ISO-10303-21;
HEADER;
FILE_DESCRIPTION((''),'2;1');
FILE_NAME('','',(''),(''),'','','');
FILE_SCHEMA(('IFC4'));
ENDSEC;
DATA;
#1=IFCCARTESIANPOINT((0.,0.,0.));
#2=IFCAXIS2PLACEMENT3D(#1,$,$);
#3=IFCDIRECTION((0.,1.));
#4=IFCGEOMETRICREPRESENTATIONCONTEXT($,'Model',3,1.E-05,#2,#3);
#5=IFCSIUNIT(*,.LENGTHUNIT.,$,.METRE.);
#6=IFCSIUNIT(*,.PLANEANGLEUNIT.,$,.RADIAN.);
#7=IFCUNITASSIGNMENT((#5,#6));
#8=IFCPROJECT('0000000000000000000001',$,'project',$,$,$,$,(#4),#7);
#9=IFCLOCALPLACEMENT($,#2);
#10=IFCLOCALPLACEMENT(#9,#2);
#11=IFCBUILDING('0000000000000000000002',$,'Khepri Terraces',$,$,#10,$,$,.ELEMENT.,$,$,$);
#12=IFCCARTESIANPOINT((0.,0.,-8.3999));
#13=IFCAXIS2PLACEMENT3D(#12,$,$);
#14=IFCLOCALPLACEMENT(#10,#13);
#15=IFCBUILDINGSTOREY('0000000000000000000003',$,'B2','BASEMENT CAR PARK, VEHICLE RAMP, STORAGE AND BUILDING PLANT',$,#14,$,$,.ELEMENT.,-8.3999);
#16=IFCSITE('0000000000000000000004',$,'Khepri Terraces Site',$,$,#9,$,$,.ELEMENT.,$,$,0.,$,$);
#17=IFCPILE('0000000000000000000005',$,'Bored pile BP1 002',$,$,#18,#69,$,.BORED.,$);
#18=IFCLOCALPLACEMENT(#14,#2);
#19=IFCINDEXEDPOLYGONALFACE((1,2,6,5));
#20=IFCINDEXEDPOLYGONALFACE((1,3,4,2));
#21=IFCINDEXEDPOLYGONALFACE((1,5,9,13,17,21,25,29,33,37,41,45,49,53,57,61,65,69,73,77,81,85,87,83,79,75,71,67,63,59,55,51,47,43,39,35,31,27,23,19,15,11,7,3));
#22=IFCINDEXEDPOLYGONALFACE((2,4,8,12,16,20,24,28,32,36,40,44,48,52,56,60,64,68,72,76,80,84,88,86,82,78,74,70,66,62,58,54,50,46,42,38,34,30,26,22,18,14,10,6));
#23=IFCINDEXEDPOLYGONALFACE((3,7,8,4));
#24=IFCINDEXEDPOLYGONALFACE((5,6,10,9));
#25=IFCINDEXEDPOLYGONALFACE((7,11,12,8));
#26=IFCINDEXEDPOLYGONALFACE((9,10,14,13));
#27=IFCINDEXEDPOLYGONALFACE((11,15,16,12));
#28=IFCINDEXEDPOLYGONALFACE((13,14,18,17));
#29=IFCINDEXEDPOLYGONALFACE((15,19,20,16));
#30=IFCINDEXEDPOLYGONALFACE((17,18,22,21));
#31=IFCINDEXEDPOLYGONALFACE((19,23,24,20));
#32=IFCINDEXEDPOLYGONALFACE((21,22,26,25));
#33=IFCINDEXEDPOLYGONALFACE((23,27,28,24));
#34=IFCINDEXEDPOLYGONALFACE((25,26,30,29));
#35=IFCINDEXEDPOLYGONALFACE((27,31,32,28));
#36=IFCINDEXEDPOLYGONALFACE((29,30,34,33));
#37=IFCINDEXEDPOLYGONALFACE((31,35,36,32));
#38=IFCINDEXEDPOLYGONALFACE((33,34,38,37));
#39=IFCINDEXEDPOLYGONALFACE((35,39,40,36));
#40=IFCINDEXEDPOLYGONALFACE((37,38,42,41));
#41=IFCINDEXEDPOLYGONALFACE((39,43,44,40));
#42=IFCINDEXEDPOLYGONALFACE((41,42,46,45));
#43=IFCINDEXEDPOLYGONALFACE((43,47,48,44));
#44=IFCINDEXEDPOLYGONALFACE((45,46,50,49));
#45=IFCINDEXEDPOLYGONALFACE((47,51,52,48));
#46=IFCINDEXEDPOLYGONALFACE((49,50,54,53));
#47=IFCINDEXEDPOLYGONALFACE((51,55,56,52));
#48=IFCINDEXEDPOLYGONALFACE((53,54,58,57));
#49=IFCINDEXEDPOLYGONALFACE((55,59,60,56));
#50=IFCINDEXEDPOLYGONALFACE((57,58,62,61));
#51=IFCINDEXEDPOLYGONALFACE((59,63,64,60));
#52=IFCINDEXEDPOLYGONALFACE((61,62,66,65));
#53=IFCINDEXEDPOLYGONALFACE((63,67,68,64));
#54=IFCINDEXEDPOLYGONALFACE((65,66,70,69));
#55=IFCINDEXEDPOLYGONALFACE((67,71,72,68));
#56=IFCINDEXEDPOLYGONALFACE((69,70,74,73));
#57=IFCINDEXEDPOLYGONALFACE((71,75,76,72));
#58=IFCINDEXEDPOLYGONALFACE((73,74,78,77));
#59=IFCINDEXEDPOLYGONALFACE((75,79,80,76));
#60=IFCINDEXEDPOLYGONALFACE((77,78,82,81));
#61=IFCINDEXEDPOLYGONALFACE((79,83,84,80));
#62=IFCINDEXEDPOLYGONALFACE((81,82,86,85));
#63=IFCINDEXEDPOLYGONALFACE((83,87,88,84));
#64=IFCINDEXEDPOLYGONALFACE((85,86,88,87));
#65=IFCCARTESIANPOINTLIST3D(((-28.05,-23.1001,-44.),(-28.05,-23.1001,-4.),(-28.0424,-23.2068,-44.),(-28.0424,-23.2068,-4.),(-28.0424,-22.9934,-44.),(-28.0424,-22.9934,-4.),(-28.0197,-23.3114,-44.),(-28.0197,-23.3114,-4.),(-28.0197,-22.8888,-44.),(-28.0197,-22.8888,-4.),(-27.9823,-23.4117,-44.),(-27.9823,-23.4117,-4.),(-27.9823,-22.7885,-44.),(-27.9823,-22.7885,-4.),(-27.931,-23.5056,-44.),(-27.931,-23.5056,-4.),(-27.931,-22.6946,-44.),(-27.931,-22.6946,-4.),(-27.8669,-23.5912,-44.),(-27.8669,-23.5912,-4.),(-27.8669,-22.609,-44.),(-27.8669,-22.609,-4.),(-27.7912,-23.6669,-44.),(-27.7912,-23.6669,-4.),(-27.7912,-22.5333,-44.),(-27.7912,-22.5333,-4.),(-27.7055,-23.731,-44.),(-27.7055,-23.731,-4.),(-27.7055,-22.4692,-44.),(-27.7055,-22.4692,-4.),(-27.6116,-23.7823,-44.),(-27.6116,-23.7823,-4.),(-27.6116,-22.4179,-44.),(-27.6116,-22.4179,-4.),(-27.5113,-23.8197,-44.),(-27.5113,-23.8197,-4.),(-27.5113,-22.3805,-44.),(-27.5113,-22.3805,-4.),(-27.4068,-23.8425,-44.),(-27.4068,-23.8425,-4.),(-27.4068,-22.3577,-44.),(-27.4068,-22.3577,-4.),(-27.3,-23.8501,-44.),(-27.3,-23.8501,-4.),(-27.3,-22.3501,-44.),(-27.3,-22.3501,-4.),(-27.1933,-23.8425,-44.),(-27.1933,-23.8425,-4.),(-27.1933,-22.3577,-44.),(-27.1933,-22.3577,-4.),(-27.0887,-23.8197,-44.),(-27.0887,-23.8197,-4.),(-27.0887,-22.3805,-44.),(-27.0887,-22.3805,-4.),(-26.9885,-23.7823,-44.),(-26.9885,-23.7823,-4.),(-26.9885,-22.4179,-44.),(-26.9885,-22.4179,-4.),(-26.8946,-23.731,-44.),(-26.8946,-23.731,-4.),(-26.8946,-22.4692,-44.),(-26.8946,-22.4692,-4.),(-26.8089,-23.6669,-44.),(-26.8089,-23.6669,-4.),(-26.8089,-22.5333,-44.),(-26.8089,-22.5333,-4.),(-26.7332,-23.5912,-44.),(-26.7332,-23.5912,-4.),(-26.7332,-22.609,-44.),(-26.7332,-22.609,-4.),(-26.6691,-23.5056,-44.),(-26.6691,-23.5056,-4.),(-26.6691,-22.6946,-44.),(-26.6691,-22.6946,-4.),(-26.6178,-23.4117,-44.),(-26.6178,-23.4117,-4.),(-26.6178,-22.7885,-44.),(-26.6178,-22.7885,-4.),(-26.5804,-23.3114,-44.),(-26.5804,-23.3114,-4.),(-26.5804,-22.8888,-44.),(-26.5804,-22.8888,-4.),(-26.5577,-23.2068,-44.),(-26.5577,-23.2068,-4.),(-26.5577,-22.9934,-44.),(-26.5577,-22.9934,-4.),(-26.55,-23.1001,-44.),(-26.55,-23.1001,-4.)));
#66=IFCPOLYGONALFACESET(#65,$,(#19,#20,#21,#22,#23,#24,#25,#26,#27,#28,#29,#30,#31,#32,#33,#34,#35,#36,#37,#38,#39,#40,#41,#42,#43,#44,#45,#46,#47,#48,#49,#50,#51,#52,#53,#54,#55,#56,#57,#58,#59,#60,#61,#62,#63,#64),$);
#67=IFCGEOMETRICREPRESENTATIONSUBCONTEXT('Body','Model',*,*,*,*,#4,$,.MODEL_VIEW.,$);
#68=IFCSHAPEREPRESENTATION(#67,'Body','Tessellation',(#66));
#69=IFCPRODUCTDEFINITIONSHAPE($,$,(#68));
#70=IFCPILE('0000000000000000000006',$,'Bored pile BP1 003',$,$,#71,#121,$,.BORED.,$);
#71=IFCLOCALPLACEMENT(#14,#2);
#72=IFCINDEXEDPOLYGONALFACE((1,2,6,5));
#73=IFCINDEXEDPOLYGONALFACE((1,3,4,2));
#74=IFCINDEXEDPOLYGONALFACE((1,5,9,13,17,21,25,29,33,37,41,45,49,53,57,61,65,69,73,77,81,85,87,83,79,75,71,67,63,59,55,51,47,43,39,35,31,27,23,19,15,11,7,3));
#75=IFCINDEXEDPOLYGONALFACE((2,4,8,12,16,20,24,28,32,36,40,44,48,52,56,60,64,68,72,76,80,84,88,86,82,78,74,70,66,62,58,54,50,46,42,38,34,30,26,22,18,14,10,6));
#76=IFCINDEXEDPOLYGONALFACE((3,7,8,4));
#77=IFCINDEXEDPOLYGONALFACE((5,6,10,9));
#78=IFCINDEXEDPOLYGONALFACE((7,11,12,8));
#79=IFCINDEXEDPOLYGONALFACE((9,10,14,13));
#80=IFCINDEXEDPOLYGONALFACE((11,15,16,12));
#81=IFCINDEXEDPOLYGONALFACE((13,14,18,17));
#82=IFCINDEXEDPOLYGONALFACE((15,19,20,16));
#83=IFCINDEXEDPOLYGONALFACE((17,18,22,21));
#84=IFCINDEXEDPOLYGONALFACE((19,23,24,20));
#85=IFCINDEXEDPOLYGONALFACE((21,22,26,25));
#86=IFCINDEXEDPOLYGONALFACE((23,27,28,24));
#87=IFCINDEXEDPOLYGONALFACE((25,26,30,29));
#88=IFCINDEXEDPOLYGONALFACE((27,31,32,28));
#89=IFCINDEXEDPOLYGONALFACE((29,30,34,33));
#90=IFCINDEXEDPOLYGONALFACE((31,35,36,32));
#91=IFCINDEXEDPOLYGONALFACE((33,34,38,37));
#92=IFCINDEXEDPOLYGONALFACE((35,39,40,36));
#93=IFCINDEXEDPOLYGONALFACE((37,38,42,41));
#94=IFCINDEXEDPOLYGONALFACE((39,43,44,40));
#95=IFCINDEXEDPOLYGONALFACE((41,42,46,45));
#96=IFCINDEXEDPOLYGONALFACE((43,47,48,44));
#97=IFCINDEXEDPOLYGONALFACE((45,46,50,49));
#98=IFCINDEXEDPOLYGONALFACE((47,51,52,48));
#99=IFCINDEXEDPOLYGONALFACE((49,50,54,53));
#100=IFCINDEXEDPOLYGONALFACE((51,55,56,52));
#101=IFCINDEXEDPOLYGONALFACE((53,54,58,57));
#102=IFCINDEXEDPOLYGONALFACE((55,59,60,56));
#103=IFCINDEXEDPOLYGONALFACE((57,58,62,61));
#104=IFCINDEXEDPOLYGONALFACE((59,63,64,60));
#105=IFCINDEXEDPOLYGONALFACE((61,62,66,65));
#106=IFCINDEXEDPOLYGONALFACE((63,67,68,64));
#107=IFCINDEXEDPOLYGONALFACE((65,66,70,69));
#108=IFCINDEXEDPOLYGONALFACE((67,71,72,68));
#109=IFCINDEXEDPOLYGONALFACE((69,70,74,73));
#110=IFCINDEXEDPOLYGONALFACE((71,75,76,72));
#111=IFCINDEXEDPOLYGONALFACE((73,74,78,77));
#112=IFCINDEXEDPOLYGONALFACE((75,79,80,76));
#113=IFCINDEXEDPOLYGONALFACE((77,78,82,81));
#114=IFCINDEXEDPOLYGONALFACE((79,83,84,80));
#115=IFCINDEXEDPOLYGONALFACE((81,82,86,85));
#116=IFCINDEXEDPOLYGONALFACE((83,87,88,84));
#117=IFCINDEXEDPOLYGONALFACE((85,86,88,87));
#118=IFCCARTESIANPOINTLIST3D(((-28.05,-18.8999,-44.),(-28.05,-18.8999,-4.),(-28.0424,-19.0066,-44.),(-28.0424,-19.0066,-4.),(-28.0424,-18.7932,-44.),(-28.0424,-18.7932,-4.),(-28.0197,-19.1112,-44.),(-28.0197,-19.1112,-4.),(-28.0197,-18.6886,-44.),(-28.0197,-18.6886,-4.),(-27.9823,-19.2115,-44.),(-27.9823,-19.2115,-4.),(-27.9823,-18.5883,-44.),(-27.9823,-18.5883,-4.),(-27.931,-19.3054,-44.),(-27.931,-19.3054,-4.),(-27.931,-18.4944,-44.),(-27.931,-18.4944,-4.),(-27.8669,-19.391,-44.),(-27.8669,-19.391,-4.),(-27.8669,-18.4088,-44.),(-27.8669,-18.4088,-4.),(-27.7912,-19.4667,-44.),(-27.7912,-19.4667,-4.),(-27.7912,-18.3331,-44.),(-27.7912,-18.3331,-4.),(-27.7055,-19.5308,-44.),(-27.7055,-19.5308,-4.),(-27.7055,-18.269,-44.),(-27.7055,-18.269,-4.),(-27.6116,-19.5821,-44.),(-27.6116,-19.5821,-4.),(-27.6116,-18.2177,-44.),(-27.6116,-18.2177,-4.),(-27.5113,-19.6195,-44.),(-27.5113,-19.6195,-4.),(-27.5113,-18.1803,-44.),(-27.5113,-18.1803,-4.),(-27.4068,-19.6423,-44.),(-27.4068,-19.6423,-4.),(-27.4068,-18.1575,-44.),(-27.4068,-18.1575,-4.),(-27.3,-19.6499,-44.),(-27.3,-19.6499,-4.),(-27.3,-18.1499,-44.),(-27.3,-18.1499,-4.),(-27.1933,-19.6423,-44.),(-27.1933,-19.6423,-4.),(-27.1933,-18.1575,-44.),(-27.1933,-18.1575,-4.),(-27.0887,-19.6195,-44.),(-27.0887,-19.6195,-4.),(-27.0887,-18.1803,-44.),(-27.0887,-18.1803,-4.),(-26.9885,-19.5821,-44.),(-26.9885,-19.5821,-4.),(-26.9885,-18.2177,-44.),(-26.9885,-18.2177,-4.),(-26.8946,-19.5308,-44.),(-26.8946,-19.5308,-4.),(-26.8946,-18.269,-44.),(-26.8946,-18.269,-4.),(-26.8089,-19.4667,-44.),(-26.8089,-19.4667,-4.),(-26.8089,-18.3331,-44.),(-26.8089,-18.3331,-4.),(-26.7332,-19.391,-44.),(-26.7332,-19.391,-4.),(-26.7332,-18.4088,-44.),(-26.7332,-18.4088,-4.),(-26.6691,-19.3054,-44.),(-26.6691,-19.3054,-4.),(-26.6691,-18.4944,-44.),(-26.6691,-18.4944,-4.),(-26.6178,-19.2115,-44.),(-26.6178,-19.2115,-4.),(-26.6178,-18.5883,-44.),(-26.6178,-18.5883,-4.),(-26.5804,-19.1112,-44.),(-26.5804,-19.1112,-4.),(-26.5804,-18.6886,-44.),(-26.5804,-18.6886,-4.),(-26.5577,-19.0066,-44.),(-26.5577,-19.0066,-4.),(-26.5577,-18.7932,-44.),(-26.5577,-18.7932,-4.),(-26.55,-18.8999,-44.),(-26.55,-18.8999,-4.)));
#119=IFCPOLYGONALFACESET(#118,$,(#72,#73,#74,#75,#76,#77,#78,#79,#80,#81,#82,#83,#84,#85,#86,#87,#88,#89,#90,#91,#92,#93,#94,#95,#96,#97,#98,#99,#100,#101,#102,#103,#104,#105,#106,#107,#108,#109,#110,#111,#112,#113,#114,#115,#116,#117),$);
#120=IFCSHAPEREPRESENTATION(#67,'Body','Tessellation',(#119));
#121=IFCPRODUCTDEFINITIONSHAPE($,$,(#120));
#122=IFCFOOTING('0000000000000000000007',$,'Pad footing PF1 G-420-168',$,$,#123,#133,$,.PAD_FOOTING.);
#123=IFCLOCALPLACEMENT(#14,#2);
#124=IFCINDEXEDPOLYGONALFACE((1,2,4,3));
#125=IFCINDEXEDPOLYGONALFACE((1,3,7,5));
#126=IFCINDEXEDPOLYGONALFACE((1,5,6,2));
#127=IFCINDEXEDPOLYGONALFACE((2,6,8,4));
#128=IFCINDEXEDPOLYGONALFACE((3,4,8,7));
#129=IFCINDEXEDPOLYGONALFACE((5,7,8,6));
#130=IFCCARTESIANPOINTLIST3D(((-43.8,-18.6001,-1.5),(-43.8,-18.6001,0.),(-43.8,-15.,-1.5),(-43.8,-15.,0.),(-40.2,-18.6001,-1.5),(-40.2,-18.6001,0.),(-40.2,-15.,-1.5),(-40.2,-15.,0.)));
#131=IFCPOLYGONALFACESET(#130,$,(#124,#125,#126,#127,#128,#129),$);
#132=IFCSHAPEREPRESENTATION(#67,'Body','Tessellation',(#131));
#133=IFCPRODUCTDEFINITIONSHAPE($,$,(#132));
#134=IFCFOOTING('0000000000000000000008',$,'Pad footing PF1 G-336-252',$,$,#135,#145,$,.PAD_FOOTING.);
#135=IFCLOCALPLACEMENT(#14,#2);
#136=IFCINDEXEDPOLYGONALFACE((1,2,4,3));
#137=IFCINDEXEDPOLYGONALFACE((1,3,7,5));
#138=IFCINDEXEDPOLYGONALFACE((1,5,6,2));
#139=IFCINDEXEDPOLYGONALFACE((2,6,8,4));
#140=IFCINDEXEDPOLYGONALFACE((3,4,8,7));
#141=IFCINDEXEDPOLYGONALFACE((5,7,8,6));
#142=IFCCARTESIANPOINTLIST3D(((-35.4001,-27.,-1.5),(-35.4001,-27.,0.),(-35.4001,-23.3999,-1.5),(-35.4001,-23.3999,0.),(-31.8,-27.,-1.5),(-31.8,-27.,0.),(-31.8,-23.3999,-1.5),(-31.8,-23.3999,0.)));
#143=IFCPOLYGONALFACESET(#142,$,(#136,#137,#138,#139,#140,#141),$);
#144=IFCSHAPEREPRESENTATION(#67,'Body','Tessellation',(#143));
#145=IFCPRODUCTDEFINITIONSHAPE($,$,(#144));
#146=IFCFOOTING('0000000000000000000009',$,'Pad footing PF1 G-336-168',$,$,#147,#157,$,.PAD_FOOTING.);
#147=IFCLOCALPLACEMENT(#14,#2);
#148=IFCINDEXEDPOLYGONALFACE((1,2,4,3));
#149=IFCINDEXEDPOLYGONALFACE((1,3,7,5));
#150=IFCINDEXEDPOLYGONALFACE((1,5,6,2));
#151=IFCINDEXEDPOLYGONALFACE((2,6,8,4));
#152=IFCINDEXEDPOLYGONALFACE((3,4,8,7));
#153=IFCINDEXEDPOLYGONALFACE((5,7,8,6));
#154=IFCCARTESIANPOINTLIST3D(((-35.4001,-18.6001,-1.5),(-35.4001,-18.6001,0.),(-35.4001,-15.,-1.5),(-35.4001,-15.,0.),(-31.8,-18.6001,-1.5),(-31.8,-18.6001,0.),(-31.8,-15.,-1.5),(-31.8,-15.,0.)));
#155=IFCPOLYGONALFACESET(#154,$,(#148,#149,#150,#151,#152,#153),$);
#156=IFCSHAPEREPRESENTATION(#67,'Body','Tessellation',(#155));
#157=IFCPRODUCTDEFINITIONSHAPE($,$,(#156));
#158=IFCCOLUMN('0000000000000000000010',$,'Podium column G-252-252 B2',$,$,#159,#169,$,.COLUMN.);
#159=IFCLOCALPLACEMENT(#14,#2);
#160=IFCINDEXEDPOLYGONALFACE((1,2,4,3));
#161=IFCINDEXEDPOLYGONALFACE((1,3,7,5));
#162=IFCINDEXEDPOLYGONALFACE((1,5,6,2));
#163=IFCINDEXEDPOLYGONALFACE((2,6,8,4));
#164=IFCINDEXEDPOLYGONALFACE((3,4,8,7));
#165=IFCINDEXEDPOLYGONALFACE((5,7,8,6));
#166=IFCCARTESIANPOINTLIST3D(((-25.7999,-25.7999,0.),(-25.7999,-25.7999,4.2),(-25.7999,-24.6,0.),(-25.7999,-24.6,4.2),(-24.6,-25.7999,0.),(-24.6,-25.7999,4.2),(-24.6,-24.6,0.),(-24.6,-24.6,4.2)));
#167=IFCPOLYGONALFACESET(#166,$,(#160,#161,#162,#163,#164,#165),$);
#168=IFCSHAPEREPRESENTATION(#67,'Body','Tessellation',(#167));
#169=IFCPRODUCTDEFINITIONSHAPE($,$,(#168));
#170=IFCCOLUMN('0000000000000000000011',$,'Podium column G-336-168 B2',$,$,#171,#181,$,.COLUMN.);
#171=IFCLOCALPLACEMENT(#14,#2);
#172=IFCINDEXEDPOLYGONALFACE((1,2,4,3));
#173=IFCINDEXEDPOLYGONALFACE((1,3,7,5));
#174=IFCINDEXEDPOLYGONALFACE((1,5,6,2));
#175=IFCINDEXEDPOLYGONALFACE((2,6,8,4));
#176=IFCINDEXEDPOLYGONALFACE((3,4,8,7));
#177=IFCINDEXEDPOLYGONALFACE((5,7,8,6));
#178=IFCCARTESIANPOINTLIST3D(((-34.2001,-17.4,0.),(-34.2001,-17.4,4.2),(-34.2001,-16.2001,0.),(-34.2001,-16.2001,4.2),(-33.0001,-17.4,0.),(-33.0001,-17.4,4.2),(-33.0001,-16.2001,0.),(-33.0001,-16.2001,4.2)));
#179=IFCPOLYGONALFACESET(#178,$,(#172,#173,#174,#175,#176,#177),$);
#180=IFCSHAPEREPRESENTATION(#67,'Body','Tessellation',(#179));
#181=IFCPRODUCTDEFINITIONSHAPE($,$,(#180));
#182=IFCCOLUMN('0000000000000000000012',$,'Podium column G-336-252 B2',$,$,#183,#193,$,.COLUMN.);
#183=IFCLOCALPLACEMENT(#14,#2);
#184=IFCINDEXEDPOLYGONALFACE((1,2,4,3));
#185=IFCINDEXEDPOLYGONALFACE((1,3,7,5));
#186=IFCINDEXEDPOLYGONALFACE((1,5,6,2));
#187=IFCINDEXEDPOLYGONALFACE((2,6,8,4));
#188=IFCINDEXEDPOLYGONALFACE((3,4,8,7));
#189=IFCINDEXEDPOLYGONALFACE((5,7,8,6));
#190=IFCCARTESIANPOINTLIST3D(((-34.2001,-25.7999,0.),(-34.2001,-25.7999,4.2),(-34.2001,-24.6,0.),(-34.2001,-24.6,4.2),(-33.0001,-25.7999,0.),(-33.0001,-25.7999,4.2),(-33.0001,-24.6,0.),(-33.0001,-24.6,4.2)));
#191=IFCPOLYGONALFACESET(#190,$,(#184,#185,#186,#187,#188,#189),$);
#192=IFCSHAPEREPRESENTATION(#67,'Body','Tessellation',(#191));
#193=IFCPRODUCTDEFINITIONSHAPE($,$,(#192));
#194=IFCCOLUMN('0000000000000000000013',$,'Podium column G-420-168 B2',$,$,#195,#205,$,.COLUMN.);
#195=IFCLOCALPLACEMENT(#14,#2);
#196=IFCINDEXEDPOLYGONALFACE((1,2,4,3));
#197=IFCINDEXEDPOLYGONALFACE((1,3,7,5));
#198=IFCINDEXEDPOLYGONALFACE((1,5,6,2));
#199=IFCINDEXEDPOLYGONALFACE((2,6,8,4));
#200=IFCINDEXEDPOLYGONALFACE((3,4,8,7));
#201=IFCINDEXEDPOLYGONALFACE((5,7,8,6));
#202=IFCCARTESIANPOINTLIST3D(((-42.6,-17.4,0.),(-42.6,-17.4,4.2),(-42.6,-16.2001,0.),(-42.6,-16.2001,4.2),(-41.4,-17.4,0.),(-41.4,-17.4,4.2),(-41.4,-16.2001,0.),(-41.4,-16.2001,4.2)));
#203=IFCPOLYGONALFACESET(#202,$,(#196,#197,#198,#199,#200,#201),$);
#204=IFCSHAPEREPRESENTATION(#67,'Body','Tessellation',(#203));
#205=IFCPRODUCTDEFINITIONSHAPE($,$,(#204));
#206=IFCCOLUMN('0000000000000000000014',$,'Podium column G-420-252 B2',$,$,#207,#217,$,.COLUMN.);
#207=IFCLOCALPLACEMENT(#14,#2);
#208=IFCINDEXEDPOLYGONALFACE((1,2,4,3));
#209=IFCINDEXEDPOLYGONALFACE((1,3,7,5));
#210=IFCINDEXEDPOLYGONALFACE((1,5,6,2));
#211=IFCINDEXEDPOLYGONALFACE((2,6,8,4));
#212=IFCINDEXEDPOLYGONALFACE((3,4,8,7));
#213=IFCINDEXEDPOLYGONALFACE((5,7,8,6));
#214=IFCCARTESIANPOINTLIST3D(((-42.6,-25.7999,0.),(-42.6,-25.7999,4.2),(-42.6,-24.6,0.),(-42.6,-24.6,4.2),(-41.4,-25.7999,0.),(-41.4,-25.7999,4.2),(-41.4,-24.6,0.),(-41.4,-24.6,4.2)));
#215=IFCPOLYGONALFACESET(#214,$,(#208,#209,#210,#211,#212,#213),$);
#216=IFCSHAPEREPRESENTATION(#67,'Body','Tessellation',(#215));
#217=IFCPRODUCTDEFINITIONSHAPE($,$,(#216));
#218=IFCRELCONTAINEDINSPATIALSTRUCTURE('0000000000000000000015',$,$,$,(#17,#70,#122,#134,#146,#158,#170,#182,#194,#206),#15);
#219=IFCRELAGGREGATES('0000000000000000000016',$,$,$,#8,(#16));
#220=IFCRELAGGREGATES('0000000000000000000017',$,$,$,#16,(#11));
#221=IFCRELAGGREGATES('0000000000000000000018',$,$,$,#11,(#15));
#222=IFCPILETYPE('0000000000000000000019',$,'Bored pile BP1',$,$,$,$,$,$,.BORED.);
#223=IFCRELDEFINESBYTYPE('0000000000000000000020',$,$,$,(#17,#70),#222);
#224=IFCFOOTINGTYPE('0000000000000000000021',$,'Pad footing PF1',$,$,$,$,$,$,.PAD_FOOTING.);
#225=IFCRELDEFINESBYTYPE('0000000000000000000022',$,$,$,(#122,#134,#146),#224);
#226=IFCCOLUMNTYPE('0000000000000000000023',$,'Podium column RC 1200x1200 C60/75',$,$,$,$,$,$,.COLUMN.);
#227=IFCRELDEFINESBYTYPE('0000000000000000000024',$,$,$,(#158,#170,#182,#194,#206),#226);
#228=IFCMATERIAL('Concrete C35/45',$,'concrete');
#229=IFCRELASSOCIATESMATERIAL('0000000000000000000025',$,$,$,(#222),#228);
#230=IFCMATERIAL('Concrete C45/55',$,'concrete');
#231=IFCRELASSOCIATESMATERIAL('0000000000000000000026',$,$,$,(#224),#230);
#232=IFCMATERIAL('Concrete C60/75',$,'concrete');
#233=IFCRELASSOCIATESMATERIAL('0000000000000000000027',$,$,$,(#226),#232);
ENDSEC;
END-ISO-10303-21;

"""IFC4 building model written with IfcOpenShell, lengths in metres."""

from ifc_helpers import new_model, si_unit, direction, frame, origin, origin_2d, place, context, subcontext, project, spatial, rectangle, circle, extrude, material, material_profile, profile_set, type_object, element, save


model = new_model("IFC4")

# Units and contexts
model_context = context("Model", 3, precision=1e-05, world=origin(), true_north=direction((0.0, 1.0)))
body_context = subcontext(model_context, "Body", "Model", "MODEL_VIEW")
ifc_project = project(units=[si_unit("LENGTHUNIT", "METRE"), si_unit("PLANEANGLEUNIT", "RADIAN")], contexts=[model_context])

# Site, building, storey
site_placement = place(None, origin())
site = spatial("IfcSite", under=ifc_project, at=site_placement, Name="Khepri Terraces Site", CompositionType="ELEMENT", RefElevation=0.0)
building_placement = place(site_placement, origin())
building = spatial("IfcBuilding", under=site, at=building_placement, Name="Khepri Terraces", CompositionType="ELEMENT")
storey_placement = place(building_placement, frame((0.0, 0.0, -8.3999)))
storey = spatial("IfcBuildingStorey", under=building, at=storey_placement, Name="B2", Description="BASEMENT CAR PARK, VEHICLE RAMP, STORAGE AND BUILDING PLANT", CompositionType="ELEMENT", Elevation=-8.3999)

# Piles
ifc_material_1 = material(Name="Concrete C35/45", Category="concrete")
ifc_material_profile_1 = material_profile(ifc_material_1, circle(Radius=0.75, at=origin_2d()), Name="Concrete C35/45", Category="concrete")
ifc_profile_set_1 = profile_set([ifc_material_profile_1], Name="Concrete C35/45")
pile_type = type_object("IfcPileType", Name="Bored pile BP1", PredefinedType="BORED", material=ifc_profile_set_1)
for number, where, z_axis, x_axis, name in (
    (1, (-27.3, -23.1001, -4.0), (0.0, 0.0, -1.0), (1.0, 0.0, 0.0), "Bored pile BP1 002"),
    (2, (-27.3, -18.8999, -4.0), (0.0, 0.0, -1.0), (1.0, 0.0, 0.0), "Bored pile BP1 003"),
):
    element("IfcPile", number, at=place(storey_placement, frame(where, z_axis=z_axis, x_axis=x_axis)), inside=storey, type_object=pile_type, Name=name, PredefinedType="BORED", context=body_context, shape_type="SweptSolid", body=[
        extrude(circle(Radius=0.75, at=origin_2d()), origin(), (0.0, 0.0, 1.0), 40.0),
    ])

# Footings
ifc_material_2 = material(Name="Concrete C45/55", Category="concrete")
footing_type = type_object("IfcFootingType", Name="Pad footing PF1", PredefinedType="PAD_FOOTING", material=ifc_material_2)
for number, where, z_axis, x_axis, name in (
    (3, (-42.0, -16.8, -1.5), (0.0, 0.0, 1.0), (1.0, 0.0, 0.0), "Pad footing PF1 G-420-168"),
    (4, (-33.6001, -25.2, -1.5), (0.0, 0.0, 1.0), (1.0, 0.0, 0.0), "Pad footing PF1 G-336-252"),
    (5, (-33.6001, -16.8, -1.5), (0.0, 0.0, 1.0), (1.0, 0.0, 0.0), "Pad footing PF1 G-336-168"),
):
    element("IfcFooting", number, at=place(storey_placement, frame(where, z_axis=z_axis, x_axis=x_axis)), inside=storey, type_object=footing_type, Name=name, PredefinedType="PAD_FOOTING", context=body_context, shape_type="SweptSolid", body=[
        extrude(rectangle(XDim=3.6001, YDim=3.6001, at=origin_2d()), origin(), (0.0, 0.0, 1.0), 1.5),
    ])

# Columns
ifc_material_3 = material(Name="Concrete C60/75", Category="concrete")
ifc_material_profile_2 = material_profile(ifc_material_3, rectangle(XDim=1.2, YDim=1.2, at=origin_2d()), Name="Concrete C60/75", Category="concrete")
ifc_profile_set_2 = profile_set([ifc_material_profile_2], Name="Concrete C60/75")
column_type = type_object("IfcColumnType", Name="Podium column RC 1200x1200 C60/75", PredefinedType="COLUMN", material=ifc_profile_set_2)
for number, where, z_axis, x_axis, name in (
    (6, (-25.2, -25.2, 0.0), (0.0, 0.0, 1.0), (1.0, 0.0, 0.0), "Podium column G-252-252 B2"),
    (7, (-33.6001, -16.8, 0.0), (0.0, 0.0, 1.0), (1.0, 0.0, 0.0), "Podium column G-336-168 B2"),
    (8, (-33.6001, -25.2, 0.0), (0.0, 0.0, 1.0), (1.0, 0.0, 0.0), "Podium column G-336-252 B2"),
    (9, (-42.0, -16.8, 0.0), (0.0, 0.0, 1.0), (1.0, 0.0, 0.0), "Podium column G-420-168 B2"),
    (10, (-42.0, -25.2, 0.0), (0.0, 0.0, 1.0), (1.0, 0.0, 0.0), "Podium column G-420-252 B2"),
):
    element("IfcColumn", number, at=place(storey_placement, frame(where, z_axis=z_axis, x_axis=x_axis)), inside=storey, type_object=column_type, Name=name, PredefinedType="COLUMN", context=body_context, shape_type="SweptSolid", body=[
        extrude(rectangle(XDim=1.2, YDim=1.2, at=origin_2d()), origin(), (0.0, 0.0, 1.0), 4.2),
    ])

save(model, "model.ifc")
